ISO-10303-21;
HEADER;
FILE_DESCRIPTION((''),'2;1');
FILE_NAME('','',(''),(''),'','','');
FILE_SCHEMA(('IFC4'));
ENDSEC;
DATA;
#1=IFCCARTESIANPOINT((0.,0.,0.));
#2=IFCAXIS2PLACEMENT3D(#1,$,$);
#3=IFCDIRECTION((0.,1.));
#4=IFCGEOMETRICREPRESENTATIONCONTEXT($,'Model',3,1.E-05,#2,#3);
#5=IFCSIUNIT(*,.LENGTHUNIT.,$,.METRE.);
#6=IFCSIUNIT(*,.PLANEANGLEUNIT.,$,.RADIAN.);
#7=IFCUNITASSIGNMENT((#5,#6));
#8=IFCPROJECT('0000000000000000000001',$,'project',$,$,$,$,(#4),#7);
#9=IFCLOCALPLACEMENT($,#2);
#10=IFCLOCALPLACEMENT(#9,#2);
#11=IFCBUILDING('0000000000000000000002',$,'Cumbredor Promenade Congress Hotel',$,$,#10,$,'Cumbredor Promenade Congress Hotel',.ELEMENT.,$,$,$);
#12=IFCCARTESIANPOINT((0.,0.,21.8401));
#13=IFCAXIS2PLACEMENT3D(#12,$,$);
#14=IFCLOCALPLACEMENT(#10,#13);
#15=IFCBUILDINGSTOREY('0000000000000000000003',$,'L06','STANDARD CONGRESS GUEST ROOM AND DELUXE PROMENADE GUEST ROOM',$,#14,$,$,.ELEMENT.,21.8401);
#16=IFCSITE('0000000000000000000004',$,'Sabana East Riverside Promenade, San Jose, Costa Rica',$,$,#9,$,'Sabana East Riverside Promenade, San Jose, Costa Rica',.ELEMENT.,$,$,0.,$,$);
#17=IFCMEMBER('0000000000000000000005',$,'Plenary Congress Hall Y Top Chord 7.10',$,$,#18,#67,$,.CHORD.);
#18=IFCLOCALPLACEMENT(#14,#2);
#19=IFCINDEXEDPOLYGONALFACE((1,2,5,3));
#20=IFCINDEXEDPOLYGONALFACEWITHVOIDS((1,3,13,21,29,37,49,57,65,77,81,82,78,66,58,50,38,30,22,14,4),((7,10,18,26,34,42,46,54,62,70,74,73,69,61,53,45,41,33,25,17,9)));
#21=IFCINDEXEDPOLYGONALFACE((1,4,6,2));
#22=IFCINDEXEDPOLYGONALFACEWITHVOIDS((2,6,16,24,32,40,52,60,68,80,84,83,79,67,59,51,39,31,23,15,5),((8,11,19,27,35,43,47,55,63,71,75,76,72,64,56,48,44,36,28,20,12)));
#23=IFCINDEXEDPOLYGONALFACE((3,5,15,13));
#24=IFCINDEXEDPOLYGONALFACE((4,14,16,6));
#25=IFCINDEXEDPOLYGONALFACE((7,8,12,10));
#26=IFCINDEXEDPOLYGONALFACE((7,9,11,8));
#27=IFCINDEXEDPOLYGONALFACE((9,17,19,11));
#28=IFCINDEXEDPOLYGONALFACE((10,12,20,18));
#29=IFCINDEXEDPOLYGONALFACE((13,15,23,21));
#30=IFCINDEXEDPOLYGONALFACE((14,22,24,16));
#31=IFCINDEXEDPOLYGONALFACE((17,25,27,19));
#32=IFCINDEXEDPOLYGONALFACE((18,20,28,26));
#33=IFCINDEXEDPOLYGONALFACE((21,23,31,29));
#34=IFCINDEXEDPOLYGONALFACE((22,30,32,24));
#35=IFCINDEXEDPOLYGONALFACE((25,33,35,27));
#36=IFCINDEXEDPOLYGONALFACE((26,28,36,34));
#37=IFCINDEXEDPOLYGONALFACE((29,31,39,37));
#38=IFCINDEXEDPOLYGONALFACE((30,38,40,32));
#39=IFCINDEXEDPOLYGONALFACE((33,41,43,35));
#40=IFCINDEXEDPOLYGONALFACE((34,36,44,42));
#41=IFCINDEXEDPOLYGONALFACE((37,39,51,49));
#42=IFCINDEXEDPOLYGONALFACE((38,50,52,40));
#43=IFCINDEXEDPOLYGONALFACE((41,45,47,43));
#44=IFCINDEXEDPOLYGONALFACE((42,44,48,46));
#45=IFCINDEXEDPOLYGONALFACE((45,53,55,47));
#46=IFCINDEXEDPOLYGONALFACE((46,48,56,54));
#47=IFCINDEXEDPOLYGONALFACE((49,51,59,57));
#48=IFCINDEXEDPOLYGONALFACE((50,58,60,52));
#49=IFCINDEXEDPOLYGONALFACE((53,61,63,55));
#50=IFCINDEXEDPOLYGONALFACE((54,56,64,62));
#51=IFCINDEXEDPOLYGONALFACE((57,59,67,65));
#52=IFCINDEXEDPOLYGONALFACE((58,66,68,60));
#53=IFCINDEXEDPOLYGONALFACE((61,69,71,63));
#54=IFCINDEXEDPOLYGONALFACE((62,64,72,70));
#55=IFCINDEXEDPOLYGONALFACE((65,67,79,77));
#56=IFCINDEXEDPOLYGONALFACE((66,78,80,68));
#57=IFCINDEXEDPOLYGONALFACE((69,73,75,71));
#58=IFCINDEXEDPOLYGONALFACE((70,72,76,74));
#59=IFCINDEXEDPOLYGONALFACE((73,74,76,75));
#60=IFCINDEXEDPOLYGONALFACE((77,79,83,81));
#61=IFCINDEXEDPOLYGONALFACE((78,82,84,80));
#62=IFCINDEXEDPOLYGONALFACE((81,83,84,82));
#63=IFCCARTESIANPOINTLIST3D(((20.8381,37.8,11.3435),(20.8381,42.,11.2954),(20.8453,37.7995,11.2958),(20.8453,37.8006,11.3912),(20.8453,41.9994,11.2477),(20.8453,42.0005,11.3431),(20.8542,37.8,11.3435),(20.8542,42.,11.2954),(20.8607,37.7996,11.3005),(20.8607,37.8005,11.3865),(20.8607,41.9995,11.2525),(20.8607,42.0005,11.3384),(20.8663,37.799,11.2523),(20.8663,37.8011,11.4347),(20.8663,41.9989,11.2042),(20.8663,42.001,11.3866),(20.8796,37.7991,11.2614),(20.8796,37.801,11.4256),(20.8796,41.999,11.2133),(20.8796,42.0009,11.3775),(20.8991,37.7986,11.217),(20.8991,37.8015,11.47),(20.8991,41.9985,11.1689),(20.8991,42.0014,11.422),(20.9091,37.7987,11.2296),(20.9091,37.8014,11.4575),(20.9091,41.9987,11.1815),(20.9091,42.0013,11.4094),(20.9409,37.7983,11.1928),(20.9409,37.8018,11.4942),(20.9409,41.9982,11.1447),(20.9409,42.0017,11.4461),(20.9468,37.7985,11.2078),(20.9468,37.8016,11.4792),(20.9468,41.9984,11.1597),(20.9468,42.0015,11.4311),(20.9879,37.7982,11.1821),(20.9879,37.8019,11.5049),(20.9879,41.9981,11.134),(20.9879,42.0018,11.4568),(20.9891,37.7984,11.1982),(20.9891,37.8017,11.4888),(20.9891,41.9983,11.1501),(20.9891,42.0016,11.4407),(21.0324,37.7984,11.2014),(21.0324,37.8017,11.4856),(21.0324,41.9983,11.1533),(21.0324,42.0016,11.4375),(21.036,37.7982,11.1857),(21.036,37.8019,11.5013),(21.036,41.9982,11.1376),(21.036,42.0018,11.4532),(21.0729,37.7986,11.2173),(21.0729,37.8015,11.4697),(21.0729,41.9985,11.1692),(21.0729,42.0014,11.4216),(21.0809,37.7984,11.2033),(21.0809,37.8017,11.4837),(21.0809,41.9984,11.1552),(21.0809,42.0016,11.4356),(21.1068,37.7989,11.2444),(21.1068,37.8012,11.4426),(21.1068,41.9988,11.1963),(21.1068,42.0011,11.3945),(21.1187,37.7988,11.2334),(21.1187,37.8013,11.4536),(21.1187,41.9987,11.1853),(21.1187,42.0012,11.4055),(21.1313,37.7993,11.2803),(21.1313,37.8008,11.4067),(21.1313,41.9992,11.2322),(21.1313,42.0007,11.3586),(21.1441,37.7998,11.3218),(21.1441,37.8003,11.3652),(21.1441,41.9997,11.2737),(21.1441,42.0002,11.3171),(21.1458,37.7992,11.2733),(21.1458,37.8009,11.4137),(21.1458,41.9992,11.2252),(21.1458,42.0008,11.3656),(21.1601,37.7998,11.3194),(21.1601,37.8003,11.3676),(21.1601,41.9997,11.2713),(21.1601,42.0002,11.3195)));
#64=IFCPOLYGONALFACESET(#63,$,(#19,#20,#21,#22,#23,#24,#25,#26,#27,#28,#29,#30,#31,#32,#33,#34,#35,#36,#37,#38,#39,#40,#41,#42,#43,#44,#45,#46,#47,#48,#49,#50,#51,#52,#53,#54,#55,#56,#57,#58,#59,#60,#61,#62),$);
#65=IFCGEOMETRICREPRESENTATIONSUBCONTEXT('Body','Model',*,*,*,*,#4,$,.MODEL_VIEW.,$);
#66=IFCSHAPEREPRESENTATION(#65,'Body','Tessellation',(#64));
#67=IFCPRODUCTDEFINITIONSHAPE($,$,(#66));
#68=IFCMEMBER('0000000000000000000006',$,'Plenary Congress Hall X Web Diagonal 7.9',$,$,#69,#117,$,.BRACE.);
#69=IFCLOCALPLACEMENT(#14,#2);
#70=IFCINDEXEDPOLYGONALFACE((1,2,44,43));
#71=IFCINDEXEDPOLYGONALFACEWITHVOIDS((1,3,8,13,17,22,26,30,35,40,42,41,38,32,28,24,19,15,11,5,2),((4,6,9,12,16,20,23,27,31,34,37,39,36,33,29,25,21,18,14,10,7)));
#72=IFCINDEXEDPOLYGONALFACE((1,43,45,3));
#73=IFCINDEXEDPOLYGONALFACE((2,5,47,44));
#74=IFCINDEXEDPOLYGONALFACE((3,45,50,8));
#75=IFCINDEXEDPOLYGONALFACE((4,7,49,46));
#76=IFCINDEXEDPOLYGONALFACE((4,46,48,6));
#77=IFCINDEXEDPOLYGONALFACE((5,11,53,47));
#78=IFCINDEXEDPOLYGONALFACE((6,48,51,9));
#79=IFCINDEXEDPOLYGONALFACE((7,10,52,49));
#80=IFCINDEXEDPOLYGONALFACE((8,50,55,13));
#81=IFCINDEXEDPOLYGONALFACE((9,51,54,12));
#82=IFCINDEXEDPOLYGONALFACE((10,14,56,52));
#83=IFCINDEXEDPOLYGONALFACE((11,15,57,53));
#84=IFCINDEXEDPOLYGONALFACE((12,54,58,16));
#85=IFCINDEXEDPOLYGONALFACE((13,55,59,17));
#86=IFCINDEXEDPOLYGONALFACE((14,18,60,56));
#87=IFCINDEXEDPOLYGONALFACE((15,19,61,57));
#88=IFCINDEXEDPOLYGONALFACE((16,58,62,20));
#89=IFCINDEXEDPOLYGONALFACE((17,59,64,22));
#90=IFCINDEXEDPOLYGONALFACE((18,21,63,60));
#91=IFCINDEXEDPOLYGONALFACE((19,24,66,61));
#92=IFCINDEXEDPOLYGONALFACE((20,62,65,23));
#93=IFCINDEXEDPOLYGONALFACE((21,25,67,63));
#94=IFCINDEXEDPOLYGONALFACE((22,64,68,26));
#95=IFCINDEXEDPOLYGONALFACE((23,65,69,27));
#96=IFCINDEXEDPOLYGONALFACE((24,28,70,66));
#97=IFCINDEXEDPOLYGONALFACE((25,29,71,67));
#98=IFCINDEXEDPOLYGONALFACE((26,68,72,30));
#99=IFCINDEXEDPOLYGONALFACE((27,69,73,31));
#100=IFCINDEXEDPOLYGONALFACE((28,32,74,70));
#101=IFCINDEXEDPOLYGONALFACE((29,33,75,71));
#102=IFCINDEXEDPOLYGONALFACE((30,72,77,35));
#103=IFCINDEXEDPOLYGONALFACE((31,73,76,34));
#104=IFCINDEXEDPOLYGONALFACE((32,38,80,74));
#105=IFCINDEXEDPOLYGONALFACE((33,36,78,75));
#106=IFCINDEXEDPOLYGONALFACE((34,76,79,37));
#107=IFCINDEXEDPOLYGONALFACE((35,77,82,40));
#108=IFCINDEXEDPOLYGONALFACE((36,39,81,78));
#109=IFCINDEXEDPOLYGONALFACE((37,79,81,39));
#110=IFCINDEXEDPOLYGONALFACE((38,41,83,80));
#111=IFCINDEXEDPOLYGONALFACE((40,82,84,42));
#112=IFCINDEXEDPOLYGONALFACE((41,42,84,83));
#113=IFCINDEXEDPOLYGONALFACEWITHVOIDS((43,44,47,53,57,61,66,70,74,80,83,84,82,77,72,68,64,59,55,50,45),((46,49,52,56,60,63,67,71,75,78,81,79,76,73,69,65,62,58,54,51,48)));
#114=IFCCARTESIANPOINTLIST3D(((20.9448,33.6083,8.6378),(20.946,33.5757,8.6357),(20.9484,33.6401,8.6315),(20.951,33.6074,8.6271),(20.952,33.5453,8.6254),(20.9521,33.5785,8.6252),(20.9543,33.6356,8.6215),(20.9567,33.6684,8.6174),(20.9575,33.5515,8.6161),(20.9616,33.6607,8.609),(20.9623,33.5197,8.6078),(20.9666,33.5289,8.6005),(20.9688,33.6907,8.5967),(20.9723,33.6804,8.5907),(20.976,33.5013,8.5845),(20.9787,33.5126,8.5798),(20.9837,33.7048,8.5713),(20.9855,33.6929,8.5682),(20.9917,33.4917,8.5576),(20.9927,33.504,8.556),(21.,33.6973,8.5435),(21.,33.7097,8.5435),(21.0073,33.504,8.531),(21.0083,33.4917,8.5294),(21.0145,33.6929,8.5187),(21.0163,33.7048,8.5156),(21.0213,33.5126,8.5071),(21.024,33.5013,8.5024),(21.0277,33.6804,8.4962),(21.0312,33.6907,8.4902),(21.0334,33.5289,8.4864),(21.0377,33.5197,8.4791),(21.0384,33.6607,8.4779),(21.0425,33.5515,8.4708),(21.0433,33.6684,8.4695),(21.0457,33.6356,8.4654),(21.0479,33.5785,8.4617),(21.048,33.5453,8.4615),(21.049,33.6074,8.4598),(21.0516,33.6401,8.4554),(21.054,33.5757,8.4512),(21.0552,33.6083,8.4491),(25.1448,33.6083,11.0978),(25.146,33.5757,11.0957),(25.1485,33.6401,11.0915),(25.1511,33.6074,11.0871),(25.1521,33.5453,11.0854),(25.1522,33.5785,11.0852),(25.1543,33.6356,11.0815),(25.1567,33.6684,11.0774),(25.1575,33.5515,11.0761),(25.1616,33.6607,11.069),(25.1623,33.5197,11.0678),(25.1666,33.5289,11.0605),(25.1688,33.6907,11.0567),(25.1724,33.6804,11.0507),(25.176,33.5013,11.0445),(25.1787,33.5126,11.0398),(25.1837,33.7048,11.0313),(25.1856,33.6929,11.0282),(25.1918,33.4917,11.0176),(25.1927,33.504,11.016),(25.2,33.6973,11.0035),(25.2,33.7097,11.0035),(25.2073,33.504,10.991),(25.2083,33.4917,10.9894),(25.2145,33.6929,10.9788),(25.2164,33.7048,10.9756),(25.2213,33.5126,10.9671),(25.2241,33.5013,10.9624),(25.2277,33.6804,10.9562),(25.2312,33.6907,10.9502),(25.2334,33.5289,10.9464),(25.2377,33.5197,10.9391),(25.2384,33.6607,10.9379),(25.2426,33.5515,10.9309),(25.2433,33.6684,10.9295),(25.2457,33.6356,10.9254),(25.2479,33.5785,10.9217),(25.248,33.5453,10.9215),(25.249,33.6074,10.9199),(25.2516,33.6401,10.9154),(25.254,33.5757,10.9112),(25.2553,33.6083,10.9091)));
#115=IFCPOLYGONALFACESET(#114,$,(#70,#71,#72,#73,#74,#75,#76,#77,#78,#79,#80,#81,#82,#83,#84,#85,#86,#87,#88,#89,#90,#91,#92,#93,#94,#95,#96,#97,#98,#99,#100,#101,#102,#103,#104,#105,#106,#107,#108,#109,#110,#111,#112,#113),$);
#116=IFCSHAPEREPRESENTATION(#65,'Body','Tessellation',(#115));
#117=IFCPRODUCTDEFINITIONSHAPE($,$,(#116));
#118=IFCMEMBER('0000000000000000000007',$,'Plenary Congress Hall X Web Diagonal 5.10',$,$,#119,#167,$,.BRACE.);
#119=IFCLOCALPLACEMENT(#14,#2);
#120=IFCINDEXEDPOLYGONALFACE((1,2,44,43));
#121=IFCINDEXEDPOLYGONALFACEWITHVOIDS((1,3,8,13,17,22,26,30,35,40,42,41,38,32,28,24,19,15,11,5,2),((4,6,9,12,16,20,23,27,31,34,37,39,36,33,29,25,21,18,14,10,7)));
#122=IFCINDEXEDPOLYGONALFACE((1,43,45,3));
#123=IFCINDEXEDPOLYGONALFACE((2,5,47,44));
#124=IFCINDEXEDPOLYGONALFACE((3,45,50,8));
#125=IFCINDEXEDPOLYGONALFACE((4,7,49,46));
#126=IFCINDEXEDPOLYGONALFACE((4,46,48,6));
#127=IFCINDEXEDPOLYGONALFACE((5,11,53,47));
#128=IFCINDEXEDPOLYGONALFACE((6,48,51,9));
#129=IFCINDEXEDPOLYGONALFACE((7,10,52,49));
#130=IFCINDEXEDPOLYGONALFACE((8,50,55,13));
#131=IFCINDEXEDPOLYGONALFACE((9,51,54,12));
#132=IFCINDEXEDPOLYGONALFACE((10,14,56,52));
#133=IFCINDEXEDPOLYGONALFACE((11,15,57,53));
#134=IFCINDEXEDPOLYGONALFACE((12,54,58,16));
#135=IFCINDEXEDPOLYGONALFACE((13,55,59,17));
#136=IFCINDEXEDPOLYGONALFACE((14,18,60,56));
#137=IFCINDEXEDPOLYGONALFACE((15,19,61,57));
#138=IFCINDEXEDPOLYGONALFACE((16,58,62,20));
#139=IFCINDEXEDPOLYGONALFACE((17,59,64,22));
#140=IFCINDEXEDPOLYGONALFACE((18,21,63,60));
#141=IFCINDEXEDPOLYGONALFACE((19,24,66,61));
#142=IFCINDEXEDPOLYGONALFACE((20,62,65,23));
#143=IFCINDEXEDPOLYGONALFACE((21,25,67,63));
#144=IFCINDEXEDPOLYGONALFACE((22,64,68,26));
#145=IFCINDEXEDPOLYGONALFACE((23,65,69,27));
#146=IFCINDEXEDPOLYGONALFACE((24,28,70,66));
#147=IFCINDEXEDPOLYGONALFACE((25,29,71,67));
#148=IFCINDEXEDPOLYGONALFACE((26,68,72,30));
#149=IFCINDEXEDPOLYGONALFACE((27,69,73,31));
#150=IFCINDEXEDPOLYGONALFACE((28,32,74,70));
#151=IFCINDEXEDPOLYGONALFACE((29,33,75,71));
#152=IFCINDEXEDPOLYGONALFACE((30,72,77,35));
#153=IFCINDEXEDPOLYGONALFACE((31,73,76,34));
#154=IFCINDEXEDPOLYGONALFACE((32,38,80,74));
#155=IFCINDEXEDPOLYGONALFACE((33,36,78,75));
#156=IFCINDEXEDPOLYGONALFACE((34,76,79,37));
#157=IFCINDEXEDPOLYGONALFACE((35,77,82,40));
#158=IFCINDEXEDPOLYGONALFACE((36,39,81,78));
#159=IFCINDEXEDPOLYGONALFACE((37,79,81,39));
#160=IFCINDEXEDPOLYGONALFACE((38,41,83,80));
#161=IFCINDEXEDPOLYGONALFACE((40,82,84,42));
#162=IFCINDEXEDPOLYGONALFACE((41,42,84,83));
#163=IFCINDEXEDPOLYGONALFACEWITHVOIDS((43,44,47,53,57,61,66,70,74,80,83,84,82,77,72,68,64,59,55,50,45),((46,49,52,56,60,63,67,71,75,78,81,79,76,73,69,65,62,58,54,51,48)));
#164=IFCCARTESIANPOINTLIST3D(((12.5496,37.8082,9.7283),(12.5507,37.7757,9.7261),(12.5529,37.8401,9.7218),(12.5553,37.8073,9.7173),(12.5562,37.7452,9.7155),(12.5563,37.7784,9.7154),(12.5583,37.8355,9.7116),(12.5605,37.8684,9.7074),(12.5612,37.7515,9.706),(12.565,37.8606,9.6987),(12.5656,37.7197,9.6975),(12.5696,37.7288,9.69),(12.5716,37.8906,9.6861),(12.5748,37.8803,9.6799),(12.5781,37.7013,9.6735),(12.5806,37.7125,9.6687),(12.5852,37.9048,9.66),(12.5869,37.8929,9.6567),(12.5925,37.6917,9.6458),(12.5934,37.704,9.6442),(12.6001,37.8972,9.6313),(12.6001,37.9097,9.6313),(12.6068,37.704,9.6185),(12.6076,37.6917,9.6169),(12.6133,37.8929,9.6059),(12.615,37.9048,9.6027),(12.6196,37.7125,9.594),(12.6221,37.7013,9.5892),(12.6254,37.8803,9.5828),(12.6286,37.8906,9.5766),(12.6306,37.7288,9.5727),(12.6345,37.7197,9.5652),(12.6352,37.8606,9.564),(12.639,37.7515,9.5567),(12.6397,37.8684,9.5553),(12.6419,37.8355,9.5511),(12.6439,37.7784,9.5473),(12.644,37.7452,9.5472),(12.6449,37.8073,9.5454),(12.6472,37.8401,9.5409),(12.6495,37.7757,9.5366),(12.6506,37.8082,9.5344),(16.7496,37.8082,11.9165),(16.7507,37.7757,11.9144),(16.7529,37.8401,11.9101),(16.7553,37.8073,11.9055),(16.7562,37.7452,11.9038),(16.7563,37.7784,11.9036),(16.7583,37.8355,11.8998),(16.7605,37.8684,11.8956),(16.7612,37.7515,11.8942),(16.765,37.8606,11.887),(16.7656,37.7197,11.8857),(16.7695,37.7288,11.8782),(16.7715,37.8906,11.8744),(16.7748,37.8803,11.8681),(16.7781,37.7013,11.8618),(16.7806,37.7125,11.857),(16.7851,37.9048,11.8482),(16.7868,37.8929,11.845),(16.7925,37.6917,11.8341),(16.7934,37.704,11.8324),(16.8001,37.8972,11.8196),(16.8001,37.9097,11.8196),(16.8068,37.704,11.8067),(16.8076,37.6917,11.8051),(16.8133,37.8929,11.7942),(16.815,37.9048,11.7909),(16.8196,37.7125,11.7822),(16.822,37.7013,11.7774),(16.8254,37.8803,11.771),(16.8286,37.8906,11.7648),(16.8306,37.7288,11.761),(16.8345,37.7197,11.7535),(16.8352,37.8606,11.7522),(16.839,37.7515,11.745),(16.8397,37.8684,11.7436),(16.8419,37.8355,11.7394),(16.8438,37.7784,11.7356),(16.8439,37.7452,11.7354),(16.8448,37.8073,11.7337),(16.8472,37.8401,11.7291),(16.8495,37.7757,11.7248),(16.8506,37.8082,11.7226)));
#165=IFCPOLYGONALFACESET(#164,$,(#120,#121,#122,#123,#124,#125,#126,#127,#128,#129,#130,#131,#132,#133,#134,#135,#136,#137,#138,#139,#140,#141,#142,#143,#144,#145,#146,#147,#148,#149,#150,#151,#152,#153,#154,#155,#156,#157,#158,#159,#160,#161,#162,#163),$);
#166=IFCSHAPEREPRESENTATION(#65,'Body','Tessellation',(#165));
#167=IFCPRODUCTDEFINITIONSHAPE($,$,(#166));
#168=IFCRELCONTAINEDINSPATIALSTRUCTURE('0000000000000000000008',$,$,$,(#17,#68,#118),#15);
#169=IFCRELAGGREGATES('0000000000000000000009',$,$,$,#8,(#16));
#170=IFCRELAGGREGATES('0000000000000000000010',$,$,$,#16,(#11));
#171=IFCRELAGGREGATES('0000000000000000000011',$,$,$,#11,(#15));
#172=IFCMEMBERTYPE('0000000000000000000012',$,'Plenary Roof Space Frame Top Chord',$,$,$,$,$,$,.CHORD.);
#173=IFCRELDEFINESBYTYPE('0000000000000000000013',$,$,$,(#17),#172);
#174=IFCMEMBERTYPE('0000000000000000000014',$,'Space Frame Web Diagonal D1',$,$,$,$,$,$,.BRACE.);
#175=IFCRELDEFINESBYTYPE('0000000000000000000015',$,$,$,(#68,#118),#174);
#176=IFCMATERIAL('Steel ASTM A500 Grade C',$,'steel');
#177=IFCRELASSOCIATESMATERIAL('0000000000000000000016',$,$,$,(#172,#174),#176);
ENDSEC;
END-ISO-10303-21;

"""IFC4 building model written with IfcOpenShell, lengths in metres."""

from ifc_helpers import new_model, si_unit, direction, frame, origin, origin_2d, place, context, subcontext, project, spatial, hollow_circle, extrude, material, material_profile, profile_set, type_object, element, save


model = new_model("IFC4")

# Units and contexts
model_context = context("Model", 3, precision=1e-05, world=origin(), true_north=direction((0.0, 1.0)))
body_context = subcontext(model_context, "Body", "Model", "MODEL_VIEW")
ifc_project = project(units=[si_unit("LENGTHUNIT", "METRE"), si_unit("PLANEANGLEUNIT", "RADIAN")], contexts=[model_context])

# Site, building, storey
site_placement = place(None, origin())
site = spatial("IfcSite", under=ifc_project, at=site_placement, Name="Sabana East Riverside Promenade, San Jose, Costa Rica", LongName="Sabana East Riverside Promenade, San Jose, Costa Rica", CompositionType="ELEMENT", RefElevation=0.0)
building_placement = place(site_placement, origin())
building = spatial("IfcBuilding", under=site, at=building_placement, Name="Cumbredor Promenade Congress Hotel", LongName="Cumbredor Promenade Congress Hotel", CompositionType="ELEMENT")
storey_placement = place(building_placement, frame((0.0, 0.0, 21.8401)))
storey = spatial("IfcBuildingStorey", under=building, at=storey_placement, Name="L06", Description="STANDARD CONGRESS GUEST ROOM AND DELUXE PROMENADE GUEST ROOM", CompositionType="ELEMENT", Elevation=21.8401)

# Members
ifc_material_1 = material(Name="Steel ASTM A500 Grade C", Category="steel")
ifc_material_profile_1 = material_profile(ifc_material_1, hollow_circle(Radius=0.1619, WallThickness=0.0161, at=origin_2d()), Name="CHS 323.9x16")
ifc_profile_set_1 = profile_set([ifc_material_profile_1], Name="Steel ASTM A500 Grade C")
member_type_1 = type_object("IfcMemberType", Name="Plenary Roof Space Frame Top Chord", PredefinedType="CHORD", material=ifc_profile_set_1)
member_1_placement = place(storey_placement, frame((21.0, 37.8, 11.3435), z_axis=(0.0, 0.999934, -0.011451), x_axis=(-1.0, 0.0, 0.0)))
element("IfcMember", 1, at=member_1_placement, inside=storey, type_object=member_type_1, Name="Plenary Congress Hall Y Top Chord 7.10", PredefinedType="CHORD", context=body_context, shape_type="SweptSolid", body=[
    extrude(hollow_circle(Radius=0.1619, WallThickness=0.0161, at=origin_2d()), origin(), (0.0, 0.0, 1.0), 4.2002),
])
ifc_material_profile_2 = material_profile(ifc_material_1, hollow_circle(Radius=0.1096, WallThickness=0.0125, at=origin_2d()), Name="CHS 219.1x12.5")
ifc_profile_set_2 = profile_set([ifc_material_profile_2], Name="Steel ASTM A500 Grade C")
member_type_2 = type_object("IfcMemberType", Name="Space Frame Web Diagonal D1", PredefinedType="BRACE", material=ifc_profile_set_2)
member_2_placement = place(storey_placement, frame((21.0, 33.6001, 8.5435), z_axis=(0.862884, 0.0, 0.505402), x_axis=(0.0, 1.0, 0.0)))
element("IfcMember", 2, at=member_2_placement, inside=storey, type_object=member_type_2, Name="Plenary Congress Hall X Web Diagonal 7.9", PredefinedType="BRACE", context=body_context, shape_type="SweptSolid", body=[
    extrude(hollow_circle(Radius=0.1096, WallThickness=0.0125, at=origin_2d()), origin(), (0.0, 0.0, 1.0), 4.8674),
])
member_3_placement = place(storey_placement, frame((12.6001, 37.8, 9.6313), z_axis=(0.886849, 0.0, 0.46206), x_axis=(0.0, 1.0, 0.0)))
element("IfcMember", 3, at=member_3_placement, inside=storey, type_object=member_type_2, Name="Plenary Congress Hall X Web Diagonal 5.10", PredefinedType="BRACE", context=body_context, shape_type="SweptSolid", body=[
    extrude(hollow_circle(Radius=0.1096, WallThickness=0.0125, at=origin_2d()), origin(), (0.0, 0.0, 1.0), 4.7358),
])

save(model, "model.ifc")
